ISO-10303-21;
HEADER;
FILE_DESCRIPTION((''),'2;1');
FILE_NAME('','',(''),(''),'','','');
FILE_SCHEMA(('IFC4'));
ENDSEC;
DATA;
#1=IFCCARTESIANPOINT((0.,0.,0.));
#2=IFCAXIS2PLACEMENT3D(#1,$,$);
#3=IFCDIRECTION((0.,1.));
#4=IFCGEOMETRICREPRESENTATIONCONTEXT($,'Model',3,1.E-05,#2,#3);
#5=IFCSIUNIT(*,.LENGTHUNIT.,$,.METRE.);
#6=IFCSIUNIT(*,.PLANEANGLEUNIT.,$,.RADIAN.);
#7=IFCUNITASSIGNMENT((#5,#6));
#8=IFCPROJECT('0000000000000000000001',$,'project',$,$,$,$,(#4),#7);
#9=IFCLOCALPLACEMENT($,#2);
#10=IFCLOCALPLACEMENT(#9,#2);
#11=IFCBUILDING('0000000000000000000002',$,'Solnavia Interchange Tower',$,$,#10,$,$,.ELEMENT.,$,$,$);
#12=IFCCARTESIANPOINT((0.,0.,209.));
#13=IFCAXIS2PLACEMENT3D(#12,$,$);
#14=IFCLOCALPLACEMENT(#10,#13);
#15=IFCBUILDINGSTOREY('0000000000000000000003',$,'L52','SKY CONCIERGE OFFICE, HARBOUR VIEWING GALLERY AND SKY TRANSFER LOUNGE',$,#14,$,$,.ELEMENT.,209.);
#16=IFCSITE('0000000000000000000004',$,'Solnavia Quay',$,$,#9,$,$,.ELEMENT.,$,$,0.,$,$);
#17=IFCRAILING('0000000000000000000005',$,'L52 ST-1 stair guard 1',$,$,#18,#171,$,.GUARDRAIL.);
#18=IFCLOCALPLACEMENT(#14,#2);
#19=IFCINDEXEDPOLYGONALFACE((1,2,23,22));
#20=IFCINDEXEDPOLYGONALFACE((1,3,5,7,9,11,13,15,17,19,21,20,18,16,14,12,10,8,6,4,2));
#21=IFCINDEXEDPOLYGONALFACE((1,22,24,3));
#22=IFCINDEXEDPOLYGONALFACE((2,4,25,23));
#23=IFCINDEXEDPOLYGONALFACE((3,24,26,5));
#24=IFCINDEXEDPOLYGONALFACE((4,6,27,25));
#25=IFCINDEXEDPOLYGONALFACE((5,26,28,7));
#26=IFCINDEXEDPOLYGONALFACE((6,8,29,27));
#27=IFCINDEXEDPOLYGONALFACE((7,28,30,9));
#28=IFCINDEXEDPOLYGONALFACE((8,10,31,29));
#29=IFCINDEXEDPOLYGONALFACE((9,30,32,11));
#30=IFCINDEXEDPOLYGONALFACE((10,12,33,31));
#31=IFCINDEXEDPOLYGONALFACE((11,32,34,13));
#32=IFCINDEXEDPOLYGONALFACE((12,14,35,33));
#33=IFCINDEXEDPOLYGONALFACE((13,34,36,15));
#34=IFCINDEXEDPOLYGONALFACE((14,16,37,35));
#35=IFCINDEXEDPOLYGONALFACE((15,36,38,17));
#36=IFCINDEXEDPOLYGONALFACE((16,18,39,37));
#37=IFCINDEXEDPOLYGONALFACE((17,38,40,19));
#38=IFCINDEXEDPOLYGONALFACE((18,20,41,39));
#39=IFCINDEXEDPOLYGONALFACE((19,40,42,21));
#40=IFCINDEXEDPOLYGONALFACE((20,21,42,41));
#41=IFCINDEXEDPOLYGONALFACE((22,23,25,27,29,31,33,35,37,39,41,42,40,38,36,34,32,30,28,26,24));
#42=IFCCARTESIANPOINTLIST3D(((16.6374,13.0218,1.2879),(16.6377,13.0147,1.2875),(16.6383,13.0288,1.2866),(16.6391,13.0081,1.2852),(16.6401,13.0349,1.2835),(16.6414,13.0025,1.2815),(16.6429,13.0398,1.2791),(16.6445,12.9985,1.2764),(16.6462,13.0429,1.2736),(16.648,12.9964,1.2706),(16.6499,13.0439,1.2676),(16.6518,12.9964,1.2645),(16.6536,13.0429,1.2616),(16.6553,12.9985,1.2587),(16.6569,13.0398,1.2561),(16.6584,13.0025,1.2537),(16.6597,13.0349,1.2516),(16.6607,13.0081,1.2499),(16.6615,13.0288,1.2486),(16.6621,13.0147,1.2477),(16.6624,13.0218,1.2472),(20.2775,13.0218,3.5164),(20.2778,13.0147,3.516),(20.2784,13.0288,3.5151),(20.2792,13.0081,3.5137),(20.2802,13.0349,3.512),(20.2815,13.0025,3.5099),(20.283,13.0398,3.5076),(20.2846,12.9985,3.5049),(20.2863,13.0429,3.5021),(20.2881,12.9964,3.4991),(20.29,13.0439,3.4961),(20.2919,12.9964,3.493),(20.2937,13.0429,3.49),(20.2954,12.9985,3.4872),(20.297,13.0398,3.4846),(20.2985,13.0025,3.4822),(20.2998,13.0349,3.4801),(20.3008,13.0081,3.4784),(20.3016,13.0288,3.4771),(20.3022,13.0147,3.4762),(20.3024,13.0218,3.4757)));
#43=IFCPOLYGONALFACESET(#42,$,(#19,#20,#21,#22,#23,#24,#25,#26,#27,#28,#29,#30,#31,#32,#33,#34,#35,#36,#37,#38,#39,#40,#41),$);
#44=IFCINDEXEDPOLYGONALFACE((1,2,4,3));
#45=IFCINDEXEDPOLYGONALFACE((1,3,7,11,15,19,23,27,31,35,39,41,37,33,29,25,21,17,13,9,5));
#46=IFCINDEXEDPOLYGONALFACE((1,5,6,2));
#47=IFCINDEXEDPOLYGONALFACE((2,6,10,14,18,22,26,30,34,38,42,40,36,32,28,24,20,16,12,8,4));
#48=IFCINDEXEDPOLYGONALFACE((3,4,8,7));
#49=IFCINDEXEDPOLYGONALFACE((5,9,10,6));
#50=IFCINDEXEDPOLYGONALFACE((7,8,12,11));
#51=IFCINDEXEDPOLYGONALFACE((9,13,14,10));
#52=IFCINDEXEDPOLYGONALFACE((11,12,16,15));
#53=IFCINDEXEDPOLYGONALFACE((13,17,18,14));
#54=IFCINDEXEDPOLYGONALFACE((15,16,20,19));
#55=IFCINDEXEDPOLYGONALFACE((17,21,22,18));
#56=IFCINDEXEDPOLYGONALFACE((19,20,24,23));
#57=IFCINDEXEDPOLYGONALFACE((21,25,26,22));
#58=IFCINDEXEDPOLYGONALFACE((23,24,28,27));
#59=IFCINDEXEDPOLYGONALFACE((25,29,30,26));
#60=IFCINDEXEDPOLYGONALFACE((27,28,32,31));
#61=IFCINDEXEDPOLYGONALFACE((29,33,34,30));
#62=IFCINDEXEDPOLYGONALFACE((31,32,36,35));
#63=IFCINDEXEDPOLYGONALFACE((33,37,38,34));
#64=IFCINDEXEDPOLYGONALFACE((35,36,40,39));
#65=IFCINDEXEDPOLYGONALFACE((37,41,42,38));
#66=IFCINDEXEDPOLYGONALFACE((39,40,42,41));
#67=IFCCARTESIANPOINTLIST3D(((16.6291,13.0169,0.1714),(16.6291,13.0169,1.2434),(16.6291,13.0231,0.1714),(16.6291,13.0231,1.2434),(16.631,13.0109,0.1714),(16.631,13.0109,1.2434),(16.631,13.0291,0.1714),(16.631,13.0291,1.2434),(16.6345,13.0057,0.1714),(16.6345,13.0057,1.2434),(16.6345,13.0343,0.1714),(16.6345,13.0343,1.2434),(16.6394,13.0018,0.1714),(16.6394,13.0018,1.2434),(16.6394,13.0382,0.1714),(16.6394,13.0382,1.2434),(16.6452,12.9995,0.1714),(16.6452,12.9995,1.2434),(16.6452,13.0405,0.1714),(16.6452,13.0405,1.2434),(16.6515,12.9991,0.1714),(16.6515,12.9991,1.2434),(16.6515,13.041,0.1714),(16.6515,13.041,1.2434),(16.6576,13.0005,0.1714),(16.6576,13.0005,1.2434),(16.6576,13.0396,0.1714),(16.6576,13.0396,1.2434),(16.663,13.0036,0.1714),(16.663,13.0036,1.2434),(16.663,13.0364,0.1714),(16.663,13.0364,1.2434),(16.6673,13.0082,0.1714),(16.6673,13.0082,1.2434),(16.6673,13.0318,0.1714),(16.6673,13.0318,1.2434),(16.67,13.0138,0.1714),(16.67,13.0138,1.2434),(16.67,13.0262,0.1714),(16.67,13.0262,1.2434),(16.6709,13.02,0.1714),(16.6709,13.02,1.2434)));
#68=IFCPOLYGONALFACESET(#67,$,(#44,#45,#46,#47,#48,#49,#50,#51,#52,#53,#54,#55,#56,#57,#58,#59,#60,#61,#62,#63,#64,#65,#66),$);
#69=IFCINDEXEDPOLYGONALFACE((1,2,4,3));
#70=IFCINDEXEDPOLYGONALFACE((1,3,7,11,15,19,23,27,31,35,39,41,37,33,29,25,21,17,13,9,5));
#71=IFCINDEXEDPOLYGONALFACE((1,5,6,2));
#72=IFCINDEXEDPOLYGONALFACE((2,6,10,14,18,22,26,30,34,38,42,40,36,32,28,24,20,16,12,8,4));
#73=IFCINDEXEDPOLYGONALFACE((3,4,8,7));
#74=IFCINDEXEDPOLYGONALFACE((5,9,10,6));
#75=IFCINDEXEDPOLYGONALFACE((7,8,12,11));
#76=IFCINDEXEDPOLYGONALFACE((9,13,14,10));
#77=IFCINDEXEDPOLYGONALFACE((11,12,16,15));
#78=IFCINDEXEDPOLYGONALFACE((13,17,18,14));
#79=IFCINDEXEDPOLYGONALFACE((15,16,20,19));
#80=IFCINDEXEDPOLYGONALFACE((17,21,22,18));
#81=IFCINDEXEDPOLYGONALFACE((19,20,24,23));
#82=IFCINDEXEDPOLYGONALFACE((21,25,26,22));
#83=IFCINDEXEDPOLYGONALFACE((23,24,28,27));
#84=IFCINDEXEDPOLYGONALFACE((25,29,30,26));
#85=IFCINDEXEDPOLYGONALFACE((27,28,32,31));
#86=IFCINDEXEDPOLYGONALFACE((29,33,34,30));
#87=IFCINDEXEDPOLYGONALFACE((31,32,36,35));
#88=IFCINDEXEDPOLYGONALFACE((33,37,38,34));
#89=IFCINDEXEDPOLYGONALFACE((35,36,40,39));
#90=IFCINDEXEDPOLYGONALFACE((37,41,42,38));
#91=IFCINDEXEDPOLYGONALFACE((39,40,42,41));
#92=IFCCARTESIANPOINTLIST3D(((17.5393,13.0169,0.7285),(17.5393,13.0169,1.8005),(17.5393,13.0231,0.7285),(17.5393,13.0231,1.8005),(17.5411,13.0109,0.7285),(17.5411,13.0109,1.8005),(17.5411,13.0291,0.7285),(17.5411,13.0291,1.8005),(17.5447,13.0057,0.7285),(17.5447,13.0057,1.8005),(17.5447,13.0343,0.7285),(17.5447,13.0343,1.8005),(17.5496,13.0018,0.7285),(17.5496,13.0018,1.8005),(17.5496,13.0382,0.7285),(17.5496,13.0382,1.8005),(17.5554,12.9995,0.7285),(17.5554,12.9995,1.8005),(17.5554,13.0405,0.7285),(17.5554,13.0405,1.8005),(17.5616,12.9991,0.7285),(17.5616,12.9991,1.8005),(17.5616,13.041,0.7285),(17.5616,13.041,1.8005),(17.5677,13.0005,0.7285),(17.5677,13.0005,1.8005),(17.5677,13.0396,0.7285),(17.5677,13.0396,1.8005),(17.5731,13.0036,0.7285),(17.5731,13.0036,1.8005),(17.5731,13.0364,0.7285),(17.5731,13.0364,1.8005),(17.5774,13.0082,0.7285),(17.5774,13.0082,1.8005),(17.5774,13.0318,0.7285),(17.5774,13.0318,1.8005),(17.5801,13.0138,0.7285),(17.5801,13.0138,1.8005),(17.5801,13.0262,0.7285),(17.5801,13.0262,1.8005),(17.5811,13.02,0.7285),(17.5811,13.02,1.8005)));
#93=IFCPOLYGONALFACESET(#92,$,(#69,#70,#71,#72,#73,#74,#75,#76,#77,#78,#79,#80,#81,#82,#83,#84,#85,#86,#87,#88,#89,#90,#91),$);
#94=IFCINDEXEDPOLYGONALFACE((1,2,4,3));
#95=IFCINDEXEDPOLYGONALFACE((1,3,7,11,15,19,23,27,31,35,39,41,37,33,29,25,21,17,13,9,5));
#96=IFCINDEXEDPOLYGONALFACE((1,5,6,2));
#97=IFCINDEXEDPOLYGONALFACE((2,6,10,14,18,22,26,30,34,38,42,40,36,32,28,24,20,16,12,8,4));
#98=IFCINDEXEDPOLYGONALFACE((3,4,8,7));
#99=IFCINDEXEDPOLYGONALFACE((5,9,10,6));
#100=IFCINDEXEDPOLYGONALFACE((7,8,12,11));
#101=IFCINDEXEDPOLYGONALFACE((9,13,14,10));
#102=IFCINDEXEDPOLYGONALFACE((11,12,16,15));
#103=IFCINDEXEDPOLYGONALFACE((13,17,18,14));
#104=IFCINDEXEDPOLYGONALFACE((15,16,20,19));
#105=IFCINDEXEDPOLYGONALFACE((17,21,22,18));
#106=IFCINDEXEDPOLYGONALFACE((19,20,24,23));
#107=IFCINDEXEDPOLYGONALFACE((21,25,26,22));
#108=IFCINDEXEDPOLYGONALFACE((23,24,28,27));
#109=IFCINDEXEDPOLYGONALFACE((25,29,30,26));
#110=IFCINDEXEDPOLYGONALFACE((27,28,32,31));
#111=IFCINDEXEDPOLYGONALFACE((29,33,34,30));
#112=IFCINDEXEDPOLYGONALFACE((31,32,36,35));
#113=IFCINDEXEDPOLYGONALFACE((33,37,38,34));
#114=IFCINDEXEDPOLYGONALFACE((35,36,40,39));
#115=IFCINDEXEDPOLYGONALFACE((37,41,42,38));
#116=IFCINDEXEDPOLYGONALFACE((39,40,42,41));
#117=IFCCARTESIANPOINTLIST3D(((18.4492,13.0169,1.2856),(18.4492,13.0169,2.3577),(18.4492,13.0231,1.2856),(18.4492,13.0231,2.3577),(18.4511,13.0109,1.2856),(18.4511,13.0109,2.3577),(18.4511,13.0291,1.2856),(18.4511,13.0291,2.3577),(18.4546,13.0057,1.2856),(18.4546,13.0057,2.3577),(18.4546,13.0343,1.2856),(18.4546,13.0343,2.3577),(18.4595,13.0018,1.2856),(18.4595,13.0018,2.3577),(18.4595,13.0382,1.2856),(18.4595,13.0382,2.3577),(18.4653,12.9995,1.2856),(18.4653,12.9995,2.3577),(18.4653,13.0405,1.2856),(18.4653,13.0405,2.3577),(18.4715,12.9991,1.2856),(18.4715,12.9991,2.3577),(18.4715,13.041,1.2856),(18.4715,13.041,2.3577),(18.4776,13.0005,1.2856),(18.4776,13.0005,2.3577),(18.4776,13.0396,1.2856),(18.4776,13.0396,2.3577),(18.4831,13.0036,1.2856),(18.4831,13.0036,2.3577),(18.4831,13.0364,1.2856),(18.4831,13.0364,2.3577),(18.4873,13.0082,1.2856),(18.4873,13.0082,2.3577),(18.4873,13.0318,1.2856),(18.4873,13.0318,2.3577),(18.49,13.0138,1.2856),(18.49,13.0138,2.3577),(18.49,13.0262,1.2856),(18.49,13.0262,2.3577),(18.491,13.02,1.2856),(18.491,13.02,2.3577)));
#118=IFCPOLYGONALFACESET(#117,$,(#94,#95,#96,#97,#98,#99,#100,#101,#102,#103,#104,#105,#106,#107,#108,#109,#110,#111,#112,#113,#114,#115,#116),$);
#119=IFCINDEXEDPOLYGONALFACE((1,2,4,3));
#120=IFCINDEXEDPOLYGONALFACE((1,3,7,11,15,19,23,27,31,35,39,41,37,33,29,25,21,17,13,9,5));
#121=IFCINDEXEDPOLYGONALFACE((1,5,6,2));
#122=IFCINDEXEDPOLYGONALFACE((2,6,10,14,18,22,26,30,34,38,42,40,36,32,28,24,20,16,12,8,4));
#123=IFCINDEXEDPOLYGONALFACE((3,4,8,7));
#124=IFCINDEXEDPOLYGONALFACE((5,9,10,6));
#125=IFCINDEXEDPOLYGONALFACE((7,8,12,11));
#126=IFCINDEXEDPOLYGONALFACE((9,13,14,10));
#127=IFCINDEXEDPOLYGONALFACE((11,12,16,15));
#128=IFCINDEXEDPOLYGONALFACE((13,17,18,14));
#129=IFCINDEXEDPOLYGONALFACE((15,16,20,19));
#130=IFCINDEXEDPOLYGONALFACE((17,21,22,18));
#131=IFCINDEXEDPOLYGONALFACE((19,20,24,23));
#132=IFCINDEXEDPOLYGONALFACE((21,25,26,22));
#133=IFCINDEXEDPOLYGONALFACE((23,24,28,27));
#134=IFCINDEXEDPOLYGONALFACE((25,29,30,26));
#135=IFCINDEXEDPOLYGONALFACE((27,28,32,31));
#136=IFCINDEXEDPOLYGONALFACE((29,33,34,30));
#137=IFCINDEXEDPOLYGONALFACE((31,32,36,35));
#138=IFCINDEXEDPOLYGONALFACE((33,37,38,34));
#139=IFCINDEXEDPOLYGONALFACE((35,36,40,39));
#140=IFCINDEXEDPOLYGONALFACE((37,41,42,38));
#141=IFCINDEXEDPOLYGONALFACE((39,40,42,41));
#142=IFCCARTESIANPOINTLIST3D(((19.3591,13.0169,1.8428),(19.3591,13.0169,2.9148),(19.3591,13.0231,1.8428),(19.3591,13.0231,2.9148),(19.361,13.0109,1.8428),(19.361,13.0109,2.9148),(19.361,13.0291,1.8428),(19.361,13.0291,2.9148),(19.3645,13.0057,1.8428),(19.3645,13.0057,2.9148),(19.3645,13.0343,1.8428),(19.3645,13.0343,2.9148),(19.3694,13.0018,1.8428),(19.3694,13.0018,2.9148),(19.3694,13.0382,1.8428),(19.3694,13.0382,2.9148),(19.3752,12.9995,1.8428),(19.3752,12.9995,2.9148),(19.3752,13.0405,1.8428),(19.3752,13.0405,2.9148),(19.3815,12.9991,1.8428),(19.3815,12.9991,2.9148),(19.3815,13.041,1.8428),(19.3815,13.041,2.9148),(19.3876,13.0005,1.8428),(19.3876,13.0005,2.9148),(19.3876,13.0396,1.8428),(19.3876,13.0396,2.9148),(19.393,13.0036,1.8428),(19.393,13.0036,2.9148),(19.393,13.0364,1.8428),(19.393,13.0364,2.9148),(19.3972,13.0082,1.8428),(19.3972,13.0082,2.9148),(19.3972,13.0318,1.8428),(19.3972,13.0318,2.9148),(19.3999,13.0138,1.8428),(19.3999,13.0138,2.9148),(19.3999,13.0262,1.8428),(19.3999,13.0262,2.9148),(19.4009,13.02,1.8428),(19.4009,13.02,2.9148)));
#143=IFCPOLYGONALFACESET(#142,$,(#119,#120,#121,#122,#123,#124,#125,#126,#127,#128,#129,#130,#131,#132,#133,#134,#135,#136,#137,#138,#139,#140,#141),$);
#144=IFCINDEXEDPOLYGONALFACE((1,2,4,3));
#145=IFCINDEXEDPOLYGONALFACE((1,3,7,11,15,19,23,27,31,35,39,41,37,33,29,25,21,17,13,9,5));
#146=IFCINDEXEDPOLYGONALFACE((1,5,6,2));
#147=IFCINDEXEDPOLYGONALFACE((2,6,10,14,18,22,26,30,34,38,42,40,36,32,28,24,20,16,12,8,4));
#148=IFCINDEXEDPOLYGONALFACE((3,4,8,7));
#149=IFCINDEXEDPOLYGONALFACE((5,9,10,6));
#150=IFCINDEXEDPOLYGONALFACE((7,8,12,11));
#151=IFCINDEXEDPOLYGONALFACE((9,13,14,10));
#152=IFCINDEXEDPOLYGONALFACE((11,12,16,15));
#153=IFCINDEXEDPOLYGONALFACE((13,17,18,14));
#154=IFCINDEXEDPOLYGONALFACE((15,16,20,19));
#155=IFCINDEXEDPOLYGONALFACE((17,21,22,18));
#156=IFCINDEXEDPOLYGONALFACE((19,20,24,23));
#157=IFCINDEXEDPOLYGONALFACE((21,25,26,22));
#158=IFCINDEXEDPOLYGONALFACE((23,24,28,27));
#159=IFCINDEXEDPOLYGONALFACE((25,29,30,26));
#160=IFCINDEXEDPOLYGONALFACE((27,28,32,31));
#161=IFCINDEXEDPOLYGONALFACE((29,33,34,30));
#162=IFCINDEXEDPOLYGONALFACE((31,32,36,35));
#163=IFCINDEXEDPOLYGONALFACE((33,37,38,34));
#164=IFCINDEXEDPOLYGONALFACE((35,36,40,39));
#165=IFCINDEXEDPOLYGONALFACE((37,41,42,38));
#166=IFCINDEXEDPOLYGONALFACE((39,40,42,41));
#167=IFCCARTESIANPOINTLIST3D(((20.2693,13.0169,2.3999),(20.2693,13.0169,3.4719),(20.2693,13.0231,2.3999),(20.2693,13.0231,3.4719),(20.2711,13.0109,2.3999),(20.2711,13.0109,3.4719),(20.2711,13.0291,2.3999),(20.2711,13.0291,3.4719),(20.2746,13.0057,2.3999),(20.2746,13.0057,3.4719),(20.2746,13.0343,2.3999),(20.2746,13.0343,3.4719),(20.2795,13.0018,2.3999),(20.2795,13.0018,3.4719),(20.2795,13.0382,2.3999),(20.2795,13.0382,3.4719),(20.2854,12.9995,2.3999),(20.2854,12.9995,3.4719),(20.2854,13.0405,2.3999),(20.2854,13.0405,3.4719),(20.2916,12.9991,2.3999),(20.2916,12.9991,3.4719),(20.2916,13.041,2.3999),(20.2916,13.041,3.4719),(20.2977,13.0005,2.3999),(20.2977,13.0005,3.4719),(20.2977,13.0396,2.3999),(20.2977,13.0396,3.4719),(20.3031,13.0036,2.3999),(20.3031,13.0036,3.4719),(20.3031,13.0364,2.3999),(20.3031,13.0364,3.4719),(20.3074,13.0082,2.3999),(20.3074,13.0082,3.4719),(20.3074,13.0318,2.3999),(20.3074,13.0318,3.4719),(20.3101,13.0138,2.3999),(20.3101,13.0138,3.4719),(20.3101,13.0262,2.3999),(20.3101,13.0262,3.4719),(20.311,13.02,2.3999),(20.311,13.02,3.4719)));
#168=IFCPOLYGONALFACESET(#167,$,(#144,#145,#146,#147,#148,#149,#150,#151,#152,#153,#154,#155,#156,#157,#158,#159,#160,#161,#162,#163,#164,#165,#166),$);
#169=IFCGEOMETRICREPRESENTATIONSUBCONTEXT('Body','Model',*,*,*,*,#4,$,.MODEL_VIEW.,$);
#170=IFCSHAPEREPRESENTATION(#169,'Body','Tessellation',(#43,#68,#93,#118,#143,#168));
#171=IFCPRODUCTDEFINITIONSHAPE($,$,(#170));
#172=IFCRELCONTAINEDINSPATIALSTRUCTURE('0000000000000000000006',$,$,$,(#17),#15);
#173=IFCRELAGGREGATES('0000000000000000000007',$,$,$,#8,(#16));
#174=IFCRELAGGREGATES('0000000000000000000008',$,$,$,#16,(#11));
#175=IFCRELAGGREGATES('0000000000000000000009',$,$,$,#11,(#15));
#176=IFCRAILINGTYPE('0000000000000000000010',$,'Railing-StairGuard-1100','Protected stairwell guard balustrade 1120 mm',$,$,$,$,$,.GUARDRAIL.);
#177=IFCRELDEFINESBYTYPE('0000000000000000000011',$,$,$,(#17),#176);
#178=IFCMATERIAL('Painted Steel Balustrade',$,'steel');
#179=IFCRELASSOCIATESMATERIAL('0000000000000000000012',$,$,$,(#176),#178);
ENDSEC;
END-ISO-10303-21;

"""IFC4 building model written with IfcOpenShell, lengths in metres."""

from ifc_helpers import new_model, si_unit, direction, frame, origin, origin_2d, place, context, subcontext, project, spatial, circle, extrude, material, type_object, element, save


model = new_model("IFC4")

# Units and contexts
model_context = context("Model", 3, precision=1e-05, world=origin(), true_north=direction((0.0, 1.0)))
body_context = subcontext(model_context, "Body", "Model", "MODEL_VIEW")
ifc_project = project(units=[si_unit("LENGTHUNIT", "METRE"), si_unit("PLANEANGLEUNIT", "RADIAN")], contexts=[model_context])

# Site, building, storey
site_placement = place(None, origin())
site = spatial("IfcSite", under=ifc_project, at=site_placement, Name="Solnavia Quay", CompositionType="ELEMENT", RefElevation=0.0)
building_placement = place(site_placement, origin())
building = spatial("IfcBuilding", under=site, at=building_placement, Name="Solnavia Interchange Tower", CompositionType="ELEMENT")
storey_placement = place(building_placement, frame((0.0, 0.0, 209.0)))
storey = spatial("IfcBuildingStorey", under=building, at=storey_placement, Name="L52", Description="SKY CONCIERGE OFFICE, HARBOUR VIEWING GALLERY AND SKY TRANSFER LOUNGE", CompositionType="ELEMENT", Elevation=209.0)

# Railing
ifc_material_1 = material(Name="Painted Steel Balustrade", Category="steel")
railing_type_1 = type_object("IfcRailingType", Name="Railing-StairGuard-1100", Description="Protected stairwell guard balustrade 1120 mm", PredefinedType="GUARDRAIL", material=ifc_material_1)
railing_1_placement = place(storey_placement, frame((16.6499, 13.02, 0.1714)))
element("IfcRailing", 1, at=railing_1_placement, inside=storey, type_object=railing_type_1, Name="L52 ST-1 stair guard 1", PredefinedType="GUARDRAIL", context=body_context, shape_type="SweptSolid", body=[
    extrude(circle(Radius=0.0239, at=origin_2d()), frame((0.0, 0.0, 1.0962), z_axis=(0.852866, 0.0, 0.52213), x_axis=(0.0, 1.0, 0.0)), (0.0, 0.0, 1.0), 4.2681),
    extrude(circle(Radius=0.021, at=origin_2d()), origin(), (0.0, 0.0, 1.0), 1.072),
    extrude(circle(Radius=0.021, at=origin_2d()), frame((0.9102, 0.0, 0.5571)), (0.0, 0.0, 1.0), 1.072),
    extrude(circle(Radius=0.021, at=origin_2d()), frame((1.8201, 0.0, 1.1143)), (0.0, 0.0, 1.0), 1.072),
    extrude(circle(Radius=0.021, at=origin_2d()), frame((2.73, 0.0, 1.6714)), (0.0, 0.0, 1.0), 1.072),
    extrude(circle(Radius=0.021, at=origin_2d()), frame((3.6401, 0.0, 2.2285)), (0.0, 0.0, 1.0), 1.072),
])

save(model, "model.ifc")
